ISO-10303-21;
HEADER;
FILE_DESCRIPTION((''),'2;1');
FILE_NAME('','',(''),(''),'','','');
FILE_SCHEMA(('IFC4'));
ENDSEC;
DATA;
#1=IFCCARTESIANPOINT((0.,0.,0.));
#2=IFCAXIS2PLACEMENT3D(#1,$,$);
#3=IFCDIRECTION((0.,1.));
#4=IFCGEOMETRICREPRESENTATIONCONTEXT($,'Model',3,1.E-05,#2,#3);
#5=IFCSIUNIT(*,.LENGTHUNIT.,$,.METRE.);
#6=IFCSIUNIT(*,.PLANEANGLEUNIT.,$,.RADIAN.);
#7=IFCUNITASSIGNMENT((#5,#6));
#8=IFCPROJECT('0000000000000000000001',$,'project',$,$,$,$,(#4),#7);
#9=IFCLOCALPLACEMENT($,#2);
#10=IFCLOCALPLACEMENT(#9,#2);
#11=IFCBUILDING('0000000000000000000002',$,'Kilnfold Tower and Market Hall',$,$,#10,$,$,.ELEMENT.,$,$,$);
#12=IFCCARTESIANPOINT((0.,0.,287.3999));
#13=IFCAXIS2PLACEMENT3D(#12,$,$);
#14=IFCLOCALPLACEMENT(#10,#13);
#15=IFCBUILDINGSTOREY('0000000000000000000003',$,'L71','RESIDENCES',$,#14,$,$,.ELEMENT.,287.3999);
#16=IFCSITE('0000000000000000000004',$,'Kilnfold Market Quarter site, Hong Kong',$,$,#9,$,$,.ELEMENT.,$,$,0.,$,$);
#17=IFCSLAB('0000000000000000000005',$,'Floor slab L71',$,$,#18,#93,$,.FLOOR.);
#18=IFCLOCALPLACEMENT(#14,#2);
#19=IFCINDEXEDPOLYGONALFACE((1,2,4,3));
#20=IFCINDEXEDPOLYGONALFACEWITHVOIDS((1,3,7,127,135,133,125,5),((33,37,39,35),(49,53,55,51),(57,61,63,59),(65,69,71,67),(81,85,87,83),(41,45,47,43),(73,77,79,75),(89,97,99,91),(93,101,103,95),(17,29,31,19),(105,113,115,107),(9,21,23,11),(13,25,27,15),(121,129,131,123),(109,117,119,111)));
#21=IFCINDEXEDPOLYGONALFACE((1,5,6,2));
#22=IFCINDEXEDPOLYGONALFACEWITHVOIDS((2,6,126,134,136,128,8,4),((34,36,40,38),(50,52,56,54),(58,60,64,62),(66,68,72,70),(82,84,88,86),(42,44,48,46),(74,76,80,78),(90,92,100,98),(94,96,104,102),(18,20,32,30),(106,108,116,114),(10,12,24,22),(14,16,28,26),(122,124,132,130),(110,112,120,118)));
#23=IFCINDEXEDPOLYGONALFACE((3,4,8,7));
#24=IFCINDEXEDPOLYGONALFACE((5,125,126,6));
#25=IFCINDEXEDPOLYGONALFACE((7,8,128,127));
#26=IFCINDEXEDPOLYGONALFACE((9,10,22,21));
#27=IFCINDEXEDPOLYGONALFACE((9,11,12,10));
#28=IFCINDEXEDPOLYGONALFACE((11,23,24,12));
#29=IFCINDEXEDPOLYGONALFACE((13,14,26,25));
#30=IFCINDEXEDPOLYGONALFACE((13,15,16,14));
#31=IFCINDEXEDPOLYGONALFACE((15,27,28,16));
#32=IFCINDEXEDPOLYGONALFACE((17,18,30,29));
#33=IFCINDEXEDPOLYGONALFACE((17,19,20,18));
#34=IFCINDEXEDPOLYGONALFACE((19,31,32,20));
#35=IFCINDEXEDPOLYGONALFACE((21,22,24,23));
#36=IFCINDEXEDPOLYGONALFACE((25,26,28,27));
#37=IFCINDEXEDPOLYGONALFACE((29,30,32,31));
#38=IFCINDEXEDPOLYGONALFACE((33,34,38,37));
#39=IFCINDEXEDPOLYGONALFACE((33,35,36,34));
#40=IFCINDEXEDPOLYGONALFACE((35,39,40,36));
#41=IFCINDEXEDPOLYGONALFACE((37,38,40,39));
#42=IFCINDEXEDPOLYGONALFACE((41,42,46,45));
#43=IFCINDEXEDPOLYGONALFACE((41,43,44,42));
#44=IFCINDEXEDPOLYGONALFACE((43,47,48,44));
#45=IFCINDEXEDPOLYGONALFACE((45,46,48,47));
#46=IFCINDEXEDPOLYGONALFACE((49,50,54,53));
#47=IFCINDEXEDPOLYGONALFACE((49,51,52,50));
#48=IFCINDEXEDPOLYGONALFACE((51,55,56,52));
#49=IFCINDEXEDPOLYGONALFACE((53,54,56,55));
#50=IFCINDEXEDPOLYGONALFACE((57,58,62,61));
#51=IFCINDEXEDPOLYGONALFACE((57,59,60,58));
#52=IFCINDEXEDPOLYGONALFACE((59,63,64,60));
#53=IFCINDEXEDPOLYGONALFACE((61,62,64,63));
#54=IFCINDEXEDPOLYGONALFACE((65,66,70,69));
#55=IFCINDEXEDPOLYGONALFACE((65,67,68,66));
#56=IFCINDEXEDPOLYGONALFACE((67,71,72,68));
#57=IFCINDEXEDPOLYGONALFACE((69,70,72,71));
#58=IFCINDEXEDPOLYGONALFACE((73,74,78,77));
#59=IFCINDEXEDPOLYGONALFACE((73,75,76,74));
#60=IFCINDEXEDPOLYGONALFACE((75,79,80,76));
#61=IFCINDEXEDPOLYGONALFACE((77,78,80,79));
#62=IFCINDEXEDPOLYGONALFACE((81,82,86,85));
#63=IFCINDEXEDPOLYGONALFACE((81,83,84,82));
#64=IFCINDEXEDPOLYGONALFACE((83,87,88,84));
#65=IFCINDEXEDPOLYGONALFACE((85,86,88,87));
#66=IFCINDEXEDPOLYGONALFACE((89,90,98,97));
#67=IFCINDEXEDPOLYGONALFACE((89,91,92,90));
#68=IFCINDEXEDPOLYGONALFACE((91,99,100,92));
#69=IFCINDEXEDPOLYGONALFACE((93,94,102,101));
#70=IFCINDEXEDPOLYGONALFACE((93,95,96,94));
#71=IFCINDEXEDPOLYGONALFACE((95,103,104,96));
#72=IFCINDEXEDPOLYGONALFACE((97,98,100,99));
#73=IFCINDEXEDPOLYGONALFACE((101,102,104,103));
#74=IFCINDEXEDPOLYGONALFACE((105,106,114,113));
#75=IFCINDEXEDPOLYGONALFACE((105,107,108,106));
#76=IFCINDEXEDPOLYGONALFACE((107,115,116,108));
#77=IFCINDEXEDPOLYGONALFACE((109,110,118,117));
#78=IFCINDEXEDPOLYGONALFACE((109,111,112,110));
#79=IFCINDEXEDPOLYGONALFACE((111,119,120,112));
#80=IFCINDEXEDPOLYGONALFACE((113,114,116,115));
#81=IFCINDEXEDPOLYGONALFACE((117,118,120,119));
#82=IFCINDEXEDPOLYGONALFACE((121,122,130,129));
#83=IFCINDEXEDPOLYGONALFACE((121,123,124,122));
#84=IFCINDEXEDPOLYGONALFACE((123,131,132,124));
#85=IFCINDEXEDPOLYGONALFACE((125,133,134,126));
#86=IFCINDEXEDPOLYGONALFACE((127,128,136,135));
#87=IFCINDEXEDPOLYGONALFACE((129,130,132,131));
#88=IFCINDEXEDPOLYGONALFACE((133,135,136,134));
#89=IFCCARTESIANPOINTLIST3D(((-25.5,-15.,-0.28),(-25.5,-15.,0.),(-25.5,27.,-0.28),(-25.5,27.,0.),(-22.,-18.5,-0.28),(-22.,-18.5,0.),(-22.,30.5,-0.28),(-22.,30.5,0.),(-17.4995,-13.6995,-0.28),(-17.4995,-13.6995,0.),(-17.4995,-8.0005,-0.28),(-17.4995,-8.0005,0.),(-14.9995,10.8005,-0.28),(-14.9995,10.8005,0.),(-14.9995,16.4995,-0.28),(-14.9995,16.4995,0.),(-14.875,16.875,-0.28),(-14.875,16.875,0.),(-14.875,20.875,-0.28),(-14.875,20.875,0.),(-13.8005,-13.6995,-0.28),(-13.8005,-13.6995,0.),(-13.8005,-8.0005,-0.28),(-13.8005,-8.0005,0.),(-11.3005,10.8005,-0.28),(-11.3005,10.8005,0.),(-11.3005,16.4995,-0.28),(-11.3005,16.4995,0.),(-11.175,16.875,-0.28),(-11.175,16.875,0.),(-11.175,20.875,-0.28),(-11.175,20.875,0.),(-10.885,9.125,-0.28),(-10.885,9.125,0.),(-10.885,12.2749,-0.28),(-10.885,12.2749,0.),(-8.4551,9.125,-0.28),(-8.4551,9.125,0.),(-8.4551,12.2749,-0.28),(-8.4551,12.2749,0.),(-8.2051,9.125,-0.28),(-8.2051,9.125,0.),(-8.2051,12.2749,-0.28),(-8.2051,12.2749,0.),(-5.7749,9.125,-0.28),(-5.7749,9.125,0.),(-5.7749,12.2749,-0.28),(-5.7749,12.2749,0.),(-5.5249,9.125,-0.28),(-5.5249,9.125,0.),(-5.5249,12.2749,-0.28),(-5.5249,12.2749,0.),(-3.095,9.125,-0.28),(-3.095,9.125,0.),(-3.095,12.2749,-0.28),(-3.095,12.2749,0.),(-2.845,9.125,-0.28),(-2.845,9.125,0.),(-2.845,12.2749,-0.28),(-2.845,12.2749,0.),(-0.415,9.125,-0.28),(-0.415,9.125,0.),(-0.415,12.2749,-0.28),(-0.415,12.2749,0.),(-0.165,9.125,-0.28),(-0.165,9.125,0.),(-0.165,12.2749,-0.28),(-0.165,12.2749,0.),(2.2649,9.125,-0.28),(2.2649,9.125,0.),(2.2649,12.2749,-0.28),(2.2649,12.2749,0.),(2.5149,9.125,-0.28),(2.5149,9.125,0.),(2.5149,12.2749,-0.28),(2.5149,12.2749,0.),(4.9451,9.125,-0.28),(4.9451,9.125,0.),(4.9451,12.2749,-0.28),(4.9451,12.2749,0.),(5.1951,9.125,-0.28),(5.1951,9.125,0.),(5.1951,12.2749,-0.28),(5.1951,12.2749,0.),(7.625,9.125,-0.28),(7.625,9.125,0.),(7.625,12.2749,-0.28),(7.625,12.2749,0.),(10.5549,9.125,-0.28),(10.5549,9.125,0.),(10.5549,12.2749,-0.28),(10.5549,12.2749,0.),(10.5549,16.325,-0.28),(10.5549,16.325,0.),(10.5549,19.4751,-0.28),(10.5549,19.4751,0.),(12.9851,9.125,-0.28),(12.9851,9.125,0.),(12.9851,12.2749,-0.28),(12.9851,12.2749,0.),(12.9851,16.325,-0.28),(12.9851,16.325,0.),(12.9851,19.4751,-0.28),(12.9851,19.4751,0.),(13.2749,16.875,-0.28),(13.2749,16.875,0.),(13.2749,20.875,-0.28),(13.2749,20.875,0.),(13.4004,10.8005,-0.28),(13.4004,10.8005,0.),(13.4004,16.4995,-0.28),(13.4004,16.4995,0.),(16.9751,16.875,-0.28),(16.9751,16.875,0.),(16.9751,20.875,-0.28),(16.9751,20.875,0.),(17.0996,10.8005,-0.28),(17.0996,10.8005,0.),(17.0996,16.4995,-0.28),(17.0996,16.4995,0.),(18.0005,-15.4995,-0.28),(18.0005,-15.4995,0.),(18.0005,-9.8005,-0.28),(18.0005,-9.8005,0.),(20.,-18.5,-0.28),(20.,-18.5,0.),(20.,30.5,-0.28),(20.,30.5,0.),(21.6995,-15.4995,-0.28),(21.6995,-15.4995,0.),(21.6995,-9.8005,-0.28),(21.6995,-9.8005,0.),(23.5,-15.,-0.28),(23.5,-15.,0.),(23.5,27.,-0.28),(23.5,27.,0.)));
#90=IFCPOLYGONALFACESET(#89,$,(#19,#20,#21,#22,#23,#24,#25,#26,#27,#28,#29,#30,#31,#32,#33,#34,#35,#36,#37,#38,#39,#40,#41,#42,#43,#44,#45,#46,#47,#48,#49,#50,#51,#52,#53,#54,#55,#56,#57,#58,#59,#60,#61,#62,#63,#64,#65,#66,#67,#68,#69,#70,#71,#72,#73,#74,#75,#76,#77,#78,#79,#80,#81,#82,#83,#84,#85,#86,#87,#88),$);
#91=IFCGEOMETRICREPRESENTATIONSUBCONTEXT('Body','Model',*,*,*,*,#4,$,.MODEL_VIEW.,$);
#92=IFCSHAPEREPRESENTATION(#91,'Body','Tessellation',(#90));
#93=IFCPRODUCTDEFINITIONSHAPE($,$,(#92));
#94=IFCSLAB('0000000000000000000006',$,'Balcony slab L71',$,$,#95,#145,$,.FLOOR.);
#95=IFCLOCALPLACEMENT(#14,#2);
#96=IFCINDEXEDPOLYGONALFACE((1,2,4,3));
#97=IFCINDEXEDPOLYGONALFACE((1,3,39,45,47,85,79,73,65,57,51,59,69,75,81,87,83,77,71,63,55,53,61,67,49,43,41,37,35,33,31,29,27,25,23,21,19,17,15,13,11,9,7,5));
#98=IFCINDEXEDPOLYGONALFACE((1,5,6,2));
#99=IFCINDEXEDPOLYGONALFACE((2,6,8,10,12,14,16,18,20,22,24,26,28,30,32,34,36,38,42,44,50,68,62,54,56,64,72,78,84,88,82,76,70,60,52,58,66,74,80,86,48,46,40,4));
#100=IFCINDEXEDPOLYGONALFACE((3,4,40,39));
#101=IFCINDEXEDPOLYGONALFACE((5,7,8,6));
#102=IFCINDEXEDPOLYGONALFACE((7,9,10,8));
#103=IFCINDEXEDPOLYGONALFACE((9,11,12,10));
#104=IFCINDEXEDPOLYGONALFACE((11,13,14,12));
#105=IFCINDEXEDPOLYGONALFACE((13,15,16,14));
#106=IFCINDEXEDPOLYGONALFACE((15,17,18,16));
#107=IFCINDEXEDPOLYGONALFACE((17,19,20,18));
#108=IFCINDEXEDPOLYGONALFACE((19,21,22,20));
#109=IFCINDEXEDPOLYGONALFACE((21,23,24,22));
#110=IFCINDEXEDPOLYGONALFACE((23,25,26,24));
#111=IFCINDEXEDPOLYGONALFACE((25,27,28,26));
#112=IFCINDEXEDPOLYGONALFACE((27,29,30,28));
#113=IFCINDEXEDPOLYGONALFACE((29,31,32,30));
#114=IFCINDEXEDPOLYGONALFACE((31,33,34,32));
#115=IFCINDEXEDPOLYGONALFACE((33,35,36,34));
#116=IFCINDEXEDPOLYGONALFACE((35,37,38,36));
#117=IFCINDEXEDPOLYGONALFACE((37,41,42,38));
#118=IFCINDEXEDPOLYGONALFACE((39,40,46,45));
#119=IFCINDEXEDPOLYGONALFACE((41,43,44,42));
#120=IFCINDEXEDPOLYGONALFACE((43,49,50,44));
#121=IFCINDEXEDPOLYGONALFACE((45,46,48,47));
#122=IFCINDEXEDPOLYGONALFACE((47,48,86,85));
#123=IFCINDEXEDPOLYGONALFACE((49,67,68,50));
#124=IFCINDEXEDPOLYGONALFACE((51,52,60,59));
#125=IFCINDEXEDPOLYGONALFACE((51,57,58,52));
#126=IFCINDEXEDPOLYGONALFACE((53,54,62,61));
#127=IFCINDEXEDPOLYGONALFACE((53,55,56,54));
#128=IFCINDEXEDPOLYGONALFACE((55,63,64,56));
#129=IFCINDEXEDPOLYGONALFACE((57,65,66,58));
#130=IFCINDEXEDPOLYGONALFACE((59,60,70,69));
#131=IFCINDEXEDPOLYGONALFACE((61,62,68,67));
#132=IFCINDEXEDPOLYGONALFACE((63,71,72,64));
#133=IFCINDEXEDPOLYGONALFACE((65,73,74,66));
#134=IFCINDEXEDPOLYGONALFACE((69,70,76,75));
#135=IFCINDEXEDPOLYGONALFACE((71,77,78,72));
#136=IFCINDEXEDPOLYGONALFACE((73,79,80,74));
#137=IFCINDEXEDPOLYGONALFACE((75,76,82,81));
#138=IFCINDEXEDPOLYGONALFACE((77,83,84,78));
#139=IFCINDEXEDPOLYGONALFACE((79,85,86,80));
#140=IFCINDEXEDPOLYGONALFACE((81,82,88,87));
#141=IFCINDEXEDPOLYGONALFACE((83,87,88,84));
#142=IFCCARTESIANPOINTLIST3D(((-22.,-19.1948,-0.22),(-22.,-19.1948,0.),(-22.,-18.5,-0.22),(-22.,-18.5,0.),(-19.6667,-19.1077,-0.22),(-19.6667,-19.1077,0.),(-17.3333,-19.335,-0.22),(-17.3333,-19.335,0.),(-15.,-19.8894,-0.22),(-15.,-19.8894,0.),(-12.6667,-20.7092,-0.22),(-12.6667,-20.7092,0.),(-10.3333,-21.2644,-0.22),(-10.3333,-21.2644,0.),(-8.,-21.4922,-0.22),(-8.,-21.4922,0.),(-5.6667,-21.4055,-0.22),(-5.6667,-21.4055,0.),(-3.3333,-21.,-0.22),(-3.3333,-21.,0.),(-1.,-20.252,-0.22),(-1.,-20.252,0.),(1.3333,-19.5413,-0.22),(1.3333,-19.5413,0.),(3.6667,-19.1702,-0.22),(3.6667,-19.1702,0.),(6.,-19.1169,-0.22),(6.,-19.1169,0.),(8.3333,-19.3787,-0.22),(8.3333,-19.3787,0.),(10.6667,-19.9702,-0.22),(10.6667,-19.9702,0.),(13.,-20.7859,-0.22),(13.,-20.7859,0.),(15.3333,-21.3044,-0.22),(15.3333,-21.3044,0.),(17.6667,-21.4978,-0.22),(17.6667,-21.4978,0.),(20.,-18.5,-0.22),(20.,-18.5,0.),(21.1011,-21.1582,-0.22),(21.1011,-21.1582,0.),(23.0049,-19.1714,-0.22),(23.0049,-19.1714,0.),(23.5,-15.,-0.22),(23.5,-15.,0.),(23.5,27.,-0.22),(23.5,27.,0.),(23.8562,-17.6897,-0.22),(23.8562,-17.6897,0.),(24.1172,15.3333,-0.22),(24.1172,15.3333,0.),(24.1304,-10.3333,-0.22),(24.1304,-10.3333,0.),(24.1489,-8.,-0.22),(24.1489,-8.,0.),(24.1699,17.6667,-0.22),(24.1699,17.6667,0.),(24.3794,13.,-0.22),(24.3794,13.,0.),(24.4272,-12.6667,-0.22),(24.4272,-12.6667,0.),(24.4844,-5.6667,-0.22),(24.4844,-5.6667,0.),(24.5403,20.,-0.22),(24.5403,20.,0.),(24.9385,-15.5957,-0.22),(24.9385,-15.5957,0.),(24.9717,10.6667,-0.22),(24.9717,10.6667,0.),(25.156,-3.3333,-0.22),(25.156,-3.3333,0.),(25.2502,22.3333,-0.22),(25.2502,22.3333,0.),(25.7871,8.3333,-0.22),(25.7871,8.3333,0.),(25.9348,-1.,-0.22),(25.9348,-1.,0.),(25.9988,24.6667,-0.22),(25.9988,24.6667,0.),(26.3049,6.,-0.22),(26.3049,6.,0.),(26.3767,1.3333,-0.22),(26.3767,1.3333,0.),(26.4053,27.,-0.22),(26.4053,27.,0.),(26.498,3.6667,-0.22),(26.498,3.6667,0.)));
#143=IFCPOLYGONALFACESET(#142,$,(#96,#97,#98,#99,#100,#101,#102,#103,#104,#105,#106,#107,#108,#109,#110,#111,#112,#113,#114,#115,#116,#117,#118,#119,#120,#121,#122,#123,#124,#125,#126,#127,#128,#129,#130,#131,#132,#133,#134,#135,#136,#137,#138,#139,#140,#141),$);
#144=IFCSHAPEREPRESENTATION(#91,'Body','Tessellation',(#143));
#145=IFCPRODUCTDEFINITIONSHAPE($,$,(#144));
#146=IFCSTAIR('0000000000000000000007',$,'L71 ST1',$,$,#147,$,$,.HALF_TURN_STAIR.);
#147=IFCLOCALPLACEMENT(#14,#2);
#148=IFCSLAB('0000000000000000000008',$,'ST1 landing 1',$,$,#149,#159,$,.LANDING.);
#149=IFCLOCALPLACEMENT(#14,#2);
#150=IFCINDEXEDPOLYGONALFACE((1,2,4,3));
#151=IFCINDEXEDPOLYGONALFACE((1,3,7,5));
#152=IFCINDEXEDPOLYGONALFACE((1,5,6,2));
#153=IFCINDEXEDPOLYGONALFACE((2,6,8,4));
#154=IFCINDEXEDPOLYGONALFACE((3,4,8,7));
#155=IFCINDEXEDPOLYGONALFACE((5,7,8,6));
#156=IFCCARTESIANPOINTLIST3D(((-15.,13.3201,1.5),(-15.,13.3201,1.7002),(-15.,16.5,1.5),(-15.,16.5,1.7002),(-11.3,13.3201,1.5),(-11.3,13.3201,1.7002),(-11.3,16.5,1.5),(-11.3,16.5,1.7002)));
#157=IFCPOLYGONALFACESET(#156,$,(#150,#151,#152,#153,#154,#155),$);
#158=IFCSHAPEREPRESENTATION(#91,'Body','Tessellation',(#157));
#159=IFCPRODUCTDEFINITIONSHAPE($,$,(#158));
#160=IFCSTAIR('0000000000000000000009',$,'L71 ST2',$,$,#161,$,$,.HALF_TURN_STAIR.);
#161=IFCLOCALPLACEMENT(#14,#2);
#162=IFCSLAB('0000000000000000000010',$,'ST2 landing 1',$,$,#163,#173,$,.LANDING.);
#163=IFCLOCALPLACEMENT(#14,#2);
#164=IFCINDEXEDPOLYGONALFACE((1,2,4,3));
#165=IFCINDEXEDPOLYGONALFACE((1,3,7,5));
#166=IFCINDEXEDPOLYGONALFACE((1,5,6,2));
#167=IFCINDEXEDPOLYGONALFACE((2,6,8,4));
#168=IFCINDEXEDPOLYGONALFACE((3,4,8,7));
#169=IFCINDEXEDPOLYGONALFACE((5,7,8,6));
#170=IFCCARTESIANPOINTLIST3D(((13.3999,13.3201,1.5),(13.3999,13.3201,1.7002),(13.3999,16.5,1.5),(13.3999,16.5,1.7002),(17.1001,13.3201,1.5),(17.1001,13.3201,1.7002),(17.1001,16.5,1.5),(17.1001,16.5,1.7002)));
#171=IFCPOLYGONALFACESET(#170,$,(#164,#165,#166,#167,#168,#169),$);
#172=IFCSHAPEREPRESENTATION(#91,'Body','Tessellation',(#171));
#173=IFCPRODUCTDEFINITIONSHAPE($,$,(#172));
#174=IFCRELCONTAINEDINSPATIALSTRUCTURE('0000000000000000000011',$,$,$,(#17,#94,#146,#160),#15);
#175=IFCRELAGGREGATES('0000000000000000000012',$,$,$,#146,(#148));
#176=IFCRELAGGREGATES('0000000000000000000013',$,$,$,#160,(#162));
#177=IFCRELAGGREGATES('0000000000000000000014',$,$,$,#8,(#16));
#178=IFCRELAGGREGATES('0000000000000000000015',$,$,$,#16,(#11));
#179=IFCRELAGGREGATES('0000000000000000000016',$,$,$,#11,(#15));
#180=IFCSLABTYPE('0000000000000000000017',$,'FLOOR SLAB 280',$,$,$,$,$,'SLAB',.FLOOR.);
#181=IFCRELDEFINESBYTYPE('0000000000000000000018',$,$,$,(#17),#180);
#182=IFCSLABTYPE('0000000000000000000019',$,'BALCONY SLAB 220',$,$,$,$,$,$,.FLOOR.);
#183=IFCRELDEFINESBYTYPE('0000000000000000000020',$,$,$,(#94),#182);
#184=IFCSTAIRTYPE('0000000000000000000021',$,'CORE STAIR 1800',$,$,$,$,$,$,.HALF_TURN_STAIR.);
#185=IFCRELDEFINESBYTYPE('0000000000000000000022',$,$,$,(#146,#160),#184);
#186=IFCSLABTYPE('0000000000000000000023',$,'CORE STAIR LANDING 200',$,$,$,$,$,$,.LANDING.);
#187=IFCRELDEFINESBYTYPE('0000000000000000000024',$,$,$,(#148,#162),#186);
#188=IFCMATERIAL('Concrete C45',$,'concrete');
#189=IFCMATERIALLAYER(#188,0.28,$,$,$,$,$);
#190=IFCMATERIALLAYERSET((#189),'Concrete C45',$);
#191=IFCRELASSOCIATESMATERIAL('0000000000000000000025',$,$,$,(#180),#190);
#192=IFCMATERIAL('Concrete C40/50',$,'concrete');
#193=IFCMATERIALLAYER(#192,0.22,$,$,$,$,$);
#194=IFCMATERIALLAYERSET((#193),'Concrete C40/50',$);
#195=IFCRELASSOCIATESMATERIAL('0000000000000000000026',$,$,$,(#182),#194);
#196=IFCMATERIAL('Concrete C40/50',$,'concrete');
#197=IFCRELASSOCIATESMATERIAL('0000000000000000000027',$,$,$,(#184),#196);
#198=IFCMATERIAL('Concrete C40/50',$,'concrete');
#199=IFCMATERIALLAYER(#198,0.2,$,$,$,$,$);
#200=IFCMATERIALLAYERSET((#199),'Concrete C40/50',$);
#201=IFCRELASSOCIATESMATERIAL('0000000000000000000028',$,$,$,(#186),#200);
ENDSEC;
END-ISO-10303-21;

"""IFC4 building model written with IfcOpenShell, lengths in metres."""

from ifc_helpers import new_model, si_unit, direction, frame, origin, place, context, subcontext, project, spatial, polyline, outline, extrude, source, transform, mapped, material, layer, layer_set, type_object, element, aggregate, save


model = new_model("IFC4")

# Units and contexts
model_context = context("Model", 3, precision=1e-05, world=origin(), true_north=direction((0.0, 1.0)))
body_context = subcontext(model_context, "Body", "Model", "MODEL_VIEW")
ifc_project = project(units=[si_unit("LENGTHUNIT", "METRE"), si_unit("PLANEANGLEUNIT", "RADIAN")], contexts=[model_context])

# Site, building, storey
site_placement = place(None, origin())
site = spatial("IfcSite", under=ifc_project, at=site_placement, Name="Kilnfold Market Quarter site, Hong Kong", CompositionType="ELEMENT", RefElevation=0.0)
building_placement = place(site_placement, origin())
building = spatial("IfcBuilding", under=site, at=building_placement, Name="Kilnfold Tower and Market Hall", CompositionType="ELEMENT")
storey_placement = place(building_placement, frame((0.0, 0.0, 287.3999)))
storey = spatial("IfcBuildingStorey", under=building, at=storey_placement, Name="L71", Description="RESIDENCES", CompositionType="ELEMENT", Elevation=287.3999)

# Slabs
ifc_material_1 = material(Name="Concrete C45", Category="concrete")
ifc_layer_1 = layer(ifc_material_1, 0.28)
ifc_layer_set_1 = layer_set([ifc_layer_1], Name="Concrete C45")
slab_type_1 = type_object("IfcSlabType", Name="FLOOR SLAB 280", ElementType="SLAB", PredefinedType="FLOOR", material=ifc_layer_set_1)
shared_shape_1 = source(origin(), body_context, "Body", "SweptSolid", [
    extrude(outline(polyline([(-22.0, -18.5), (20.0, -18.5), (23.5, -15.0), (23.5, 27.0), (20.0, 30.5), (-22.0, 30.5), (-25.5, 27.0), (-25.5, -15.0), (-22.0, -18.5)]), holes=[polyline([(-13.8005, -8.0005), (-13.8005, -13.6995), (-17.4995, -13.6995), (-17.4995, -8.0005), (-13.8005, -8.0005)]), polyline([(-11.3005, 10.8005), (-14.9995, 10.8005), (-14.9995, 16.4995), (-11.3005, 16.4995), (-11.3005, 10.8005)]), polyline([(-11.175, 16.875), (-14.875, 16.875), (-14.875, 20.875), (-11.175, 20.875), (-11.175, 16.875)]), polyline([(-8.4551, 9.125), (-10.885, 9.125), (-10.885, 12.2749), (-8.4551, 12.2749), (-8.4551, 9.125)]), polyline([(-5.7749, 9.125), (-8.2051, 9.125), (-8.2051, 12.2749), (-5.7749, 12.2749), (-5.7749, 9.125)]), polyline([(-3.095, 9.125), (-5.5249, 9.125), (-5.5249, 12.2749), (-3.095, 12.2749), (-3.095, 9.125)]), polyline([(-0.415, 9.125), (-2.845, 9.125), (-2.845, 12.2749), (-0.415, 12.2749), (-0.415, 9.125)]), polyline([(2.2649, 9.125), (-0.165, 9.125), (-0.165, 12.2749), (2.2649, 12.2749), (2.2649, 9.125)]), polyline([(4.9451, 9.125), (2.5149, 9.125), (2.5149, 12.2749), (4.9451, 12.2749), (4.9451, 9.125)]), polyline([(7.625, 9.125), (5.1951, 9.125), (5.1951, 12.2749), (7.625, 12.2749), (7.625, 9.125)]), polyline([(12.9851, 9.125), (10.5549, 9.125), (10.5549, 12.2749), (12.9851, 12.2749), (12.9851, 9.125)]), polyline([(12.9851, 16.325), (10.5549, 16.325), (10.5549, 19.4751), (12.9851, 19.4751), (12.9851, 16.325)]), polyline([(16.9751, 16.875), (13.2749, 16.875), (13.2749, 20.875), (16.9751, 20.875), (16.9751, 16.875)]), polyline([(17.0996, 10.8005), (13.4004, 10.8005), (13.4004, 16.4995), (17.0996, 16.4995), (17.0996, 10.8005)]), polyline([(18.0005, -9.8005), (21.6995, -9.8005), (21.6995, -15.4995), (18.0005, -15.4995), (18.0005, -9.8005)])]), origin(), (0.0, 0.0, 1.0), 0.28),
])
slab_1_placement = place(storey_placement, frame((0.0, 0.0, -0.28)))
element("IfcSlab", 1, at=slab_1_placement, inside=storey, type_object=slab_type_1, Name="Floor slab L71", PredefinedType="FLOOR", context=body_context, shape_type="MappedRepresentation", body=[
    mapped(shared_shape_1, transform((0.0, 0.0, 0.0))),
])
ifc_material_2 = material(Name="Concrete C40/50", Category="concrete")
ifc_layer_2 = layer(ifc_material_2, 0.22)
ifc_layer_set_2 = layer_set([ifc_layer_2], Name="Concrete C40/50")
slab_type_2 = type_object("IfcSlabType", Name="BALCONY SLAB 220", PredefinedType="FLOOR", material=ifc_layer_set_2)
shared_shape_2 = source(origin(), body_context, "Body", "SweptSolid", [
    extrude(outline(polyline([(-22.0, -18.5), (20.0, -18.5), (23.5, -15.0), (23.5, 27.0), (26.4053, 27.0), (25.9988, 24.6667), (25.2502, 22.3333), (24.5403, 20.0), (24.1699, 17.6667), (24.1172, 15.3333), (24.3794, 13.0), (24.9717, 10.6667), (25.7871, 8.3333), (26.3049, 6.0), (26.498, 3.6667), (26.3767, 1.3333), (25.9348, -1.0), (25.156, -3.3333), (24.4844, -5.6667), (24.1489, -8.0), (24.1304, -10.3333), (24.4272, -12.6667), (24.9385, -15.5957), (23.8562, -17.6897), (23.0049, -19.1714), (21.1011, -21.1582), (17.6667, -21.4978), (15.3333, -21.3044), (13.0, -20.7859), (10.6667, -19.9702), (8.3333, -19.3787), (6.0, -19.1169), (3.6667, -19.1702), (1.3333, -19.5413), (-1.0, -20.252), (-3.3333, -21.0), (-5.6667, -21.4055), (-8.0, -21.4922), (-10.3333, -21.2644), (-12.6667, -20.7092), (-15.0, -19.8894), (-17.3333, -19.335), (-19.6667, -19.1077), (-22.0, -19.1948), (-22.0, -18.5)])), origin(), (0.0, 0.0, 1.0), 0.22),
])
slab_2_placement = place(storey_placement, frame((0.0, 0.0, -0.22)))
element("IfcSlab", 2, at=slab_2_placement, inside=storey, type_object=slab_type_2, Name="Balcony slab L71", PredefinedType="FLOOR", context=body_context, shape_type="MappedRepresentation", body=[
    mapped(shared_shape_2, transform((0.0, 0.0, 0.0))),
])

# Stairs, slabs
ifc_material_3 = material(Name="Concrete C40/50", Category="concrete")
stair_type = type_object("IfcStairType", Name="CORE STAIR 1800", PredefinedType="HALF_TURN_STAIR", material=ifc_material_3)
stair_1_placement = place(storey_placement, origin())
stair_1 = element("IfcStair", 3, at=stair_1_placement, inside=storey, type_object=stair_type, Name="L71 ST1", PredefinedType="HALF_TURN_STAIR")
ifc_material_4 = material(Name="Concrete C40/50", Category="concrete")
ifc_layer_3 = layer(ifc_material_4, 0.2)
ifc_layer_set_3 = layer_set([ifc_layer_3], Name="Concrete C40/50")
slab_type_3 = type_object("IfcSlabType", Name="CORE STAIR LANDING 200", PredefinedType="LANDING", material=ifc_layer_set_3)
shared_shape_3 = source(origin(), body_context, "Body", "SweptSolid", [
    extrude(outline(polyline([(-11.3, 13.3201), (-11.3, 16.5), (-15.0, 16.5), (-15.0, 13.3201), (-11.3, 13.3201)])), origin(), (0.0, 0.0, 1.0), 0.2002),
])
slab_3_placement = place(storey_placement, frame((0.0, 0.0, 1.5)))
slab_3 = element("IfcSlab", 4, at=slab_3_placement, type_object=slab_type_3, Name="ST1 landing 1", PredefinedType="LANDING", context=body_context, shape_type="MappedRepresentation", body=[
    mapped(shared_shape_3, transform((0.0, 0.0, 0.0))),
])
aggregate(stair_1, [slab_3])
stair_2_placement = place(storey_placement, origin())
stair_2 = element("IfcStair", 5, at=stair_2_placement, inside=storey, type_object=stair_type, Name="L71 ST2", PredefinedType="HALF_TURN_STAIR")
shared_shape_4 = source(origin(), body_context, "Body", "SweptSolid", [
    extrude(outline(polyline([(17.1001, 13.3201), (17.1001, 16.5), (13.3999, 16.5), (13.3999, 13.3201), (17.1001, 13.3201)])), origin(), (0.0, 0.0, 1.0), 0.2002),
])
slab_4_placement = place(storey_placement, frame((0.0, 0.0, 1.5)))
slab_4 = element("IfcSlab", 6, at=slab_4_placement, type_object=slab_type_3, Name="ST2 landing 1", PredefinedType="LANDING", context=body_context, shape_type="MappedRepresentation", body=[
    mapped(shared_shape_4, transform((0.0, 0.0, 0.0))),
])
aggregate(stair_2, [slab_4])

save(model, "model.ifc")
